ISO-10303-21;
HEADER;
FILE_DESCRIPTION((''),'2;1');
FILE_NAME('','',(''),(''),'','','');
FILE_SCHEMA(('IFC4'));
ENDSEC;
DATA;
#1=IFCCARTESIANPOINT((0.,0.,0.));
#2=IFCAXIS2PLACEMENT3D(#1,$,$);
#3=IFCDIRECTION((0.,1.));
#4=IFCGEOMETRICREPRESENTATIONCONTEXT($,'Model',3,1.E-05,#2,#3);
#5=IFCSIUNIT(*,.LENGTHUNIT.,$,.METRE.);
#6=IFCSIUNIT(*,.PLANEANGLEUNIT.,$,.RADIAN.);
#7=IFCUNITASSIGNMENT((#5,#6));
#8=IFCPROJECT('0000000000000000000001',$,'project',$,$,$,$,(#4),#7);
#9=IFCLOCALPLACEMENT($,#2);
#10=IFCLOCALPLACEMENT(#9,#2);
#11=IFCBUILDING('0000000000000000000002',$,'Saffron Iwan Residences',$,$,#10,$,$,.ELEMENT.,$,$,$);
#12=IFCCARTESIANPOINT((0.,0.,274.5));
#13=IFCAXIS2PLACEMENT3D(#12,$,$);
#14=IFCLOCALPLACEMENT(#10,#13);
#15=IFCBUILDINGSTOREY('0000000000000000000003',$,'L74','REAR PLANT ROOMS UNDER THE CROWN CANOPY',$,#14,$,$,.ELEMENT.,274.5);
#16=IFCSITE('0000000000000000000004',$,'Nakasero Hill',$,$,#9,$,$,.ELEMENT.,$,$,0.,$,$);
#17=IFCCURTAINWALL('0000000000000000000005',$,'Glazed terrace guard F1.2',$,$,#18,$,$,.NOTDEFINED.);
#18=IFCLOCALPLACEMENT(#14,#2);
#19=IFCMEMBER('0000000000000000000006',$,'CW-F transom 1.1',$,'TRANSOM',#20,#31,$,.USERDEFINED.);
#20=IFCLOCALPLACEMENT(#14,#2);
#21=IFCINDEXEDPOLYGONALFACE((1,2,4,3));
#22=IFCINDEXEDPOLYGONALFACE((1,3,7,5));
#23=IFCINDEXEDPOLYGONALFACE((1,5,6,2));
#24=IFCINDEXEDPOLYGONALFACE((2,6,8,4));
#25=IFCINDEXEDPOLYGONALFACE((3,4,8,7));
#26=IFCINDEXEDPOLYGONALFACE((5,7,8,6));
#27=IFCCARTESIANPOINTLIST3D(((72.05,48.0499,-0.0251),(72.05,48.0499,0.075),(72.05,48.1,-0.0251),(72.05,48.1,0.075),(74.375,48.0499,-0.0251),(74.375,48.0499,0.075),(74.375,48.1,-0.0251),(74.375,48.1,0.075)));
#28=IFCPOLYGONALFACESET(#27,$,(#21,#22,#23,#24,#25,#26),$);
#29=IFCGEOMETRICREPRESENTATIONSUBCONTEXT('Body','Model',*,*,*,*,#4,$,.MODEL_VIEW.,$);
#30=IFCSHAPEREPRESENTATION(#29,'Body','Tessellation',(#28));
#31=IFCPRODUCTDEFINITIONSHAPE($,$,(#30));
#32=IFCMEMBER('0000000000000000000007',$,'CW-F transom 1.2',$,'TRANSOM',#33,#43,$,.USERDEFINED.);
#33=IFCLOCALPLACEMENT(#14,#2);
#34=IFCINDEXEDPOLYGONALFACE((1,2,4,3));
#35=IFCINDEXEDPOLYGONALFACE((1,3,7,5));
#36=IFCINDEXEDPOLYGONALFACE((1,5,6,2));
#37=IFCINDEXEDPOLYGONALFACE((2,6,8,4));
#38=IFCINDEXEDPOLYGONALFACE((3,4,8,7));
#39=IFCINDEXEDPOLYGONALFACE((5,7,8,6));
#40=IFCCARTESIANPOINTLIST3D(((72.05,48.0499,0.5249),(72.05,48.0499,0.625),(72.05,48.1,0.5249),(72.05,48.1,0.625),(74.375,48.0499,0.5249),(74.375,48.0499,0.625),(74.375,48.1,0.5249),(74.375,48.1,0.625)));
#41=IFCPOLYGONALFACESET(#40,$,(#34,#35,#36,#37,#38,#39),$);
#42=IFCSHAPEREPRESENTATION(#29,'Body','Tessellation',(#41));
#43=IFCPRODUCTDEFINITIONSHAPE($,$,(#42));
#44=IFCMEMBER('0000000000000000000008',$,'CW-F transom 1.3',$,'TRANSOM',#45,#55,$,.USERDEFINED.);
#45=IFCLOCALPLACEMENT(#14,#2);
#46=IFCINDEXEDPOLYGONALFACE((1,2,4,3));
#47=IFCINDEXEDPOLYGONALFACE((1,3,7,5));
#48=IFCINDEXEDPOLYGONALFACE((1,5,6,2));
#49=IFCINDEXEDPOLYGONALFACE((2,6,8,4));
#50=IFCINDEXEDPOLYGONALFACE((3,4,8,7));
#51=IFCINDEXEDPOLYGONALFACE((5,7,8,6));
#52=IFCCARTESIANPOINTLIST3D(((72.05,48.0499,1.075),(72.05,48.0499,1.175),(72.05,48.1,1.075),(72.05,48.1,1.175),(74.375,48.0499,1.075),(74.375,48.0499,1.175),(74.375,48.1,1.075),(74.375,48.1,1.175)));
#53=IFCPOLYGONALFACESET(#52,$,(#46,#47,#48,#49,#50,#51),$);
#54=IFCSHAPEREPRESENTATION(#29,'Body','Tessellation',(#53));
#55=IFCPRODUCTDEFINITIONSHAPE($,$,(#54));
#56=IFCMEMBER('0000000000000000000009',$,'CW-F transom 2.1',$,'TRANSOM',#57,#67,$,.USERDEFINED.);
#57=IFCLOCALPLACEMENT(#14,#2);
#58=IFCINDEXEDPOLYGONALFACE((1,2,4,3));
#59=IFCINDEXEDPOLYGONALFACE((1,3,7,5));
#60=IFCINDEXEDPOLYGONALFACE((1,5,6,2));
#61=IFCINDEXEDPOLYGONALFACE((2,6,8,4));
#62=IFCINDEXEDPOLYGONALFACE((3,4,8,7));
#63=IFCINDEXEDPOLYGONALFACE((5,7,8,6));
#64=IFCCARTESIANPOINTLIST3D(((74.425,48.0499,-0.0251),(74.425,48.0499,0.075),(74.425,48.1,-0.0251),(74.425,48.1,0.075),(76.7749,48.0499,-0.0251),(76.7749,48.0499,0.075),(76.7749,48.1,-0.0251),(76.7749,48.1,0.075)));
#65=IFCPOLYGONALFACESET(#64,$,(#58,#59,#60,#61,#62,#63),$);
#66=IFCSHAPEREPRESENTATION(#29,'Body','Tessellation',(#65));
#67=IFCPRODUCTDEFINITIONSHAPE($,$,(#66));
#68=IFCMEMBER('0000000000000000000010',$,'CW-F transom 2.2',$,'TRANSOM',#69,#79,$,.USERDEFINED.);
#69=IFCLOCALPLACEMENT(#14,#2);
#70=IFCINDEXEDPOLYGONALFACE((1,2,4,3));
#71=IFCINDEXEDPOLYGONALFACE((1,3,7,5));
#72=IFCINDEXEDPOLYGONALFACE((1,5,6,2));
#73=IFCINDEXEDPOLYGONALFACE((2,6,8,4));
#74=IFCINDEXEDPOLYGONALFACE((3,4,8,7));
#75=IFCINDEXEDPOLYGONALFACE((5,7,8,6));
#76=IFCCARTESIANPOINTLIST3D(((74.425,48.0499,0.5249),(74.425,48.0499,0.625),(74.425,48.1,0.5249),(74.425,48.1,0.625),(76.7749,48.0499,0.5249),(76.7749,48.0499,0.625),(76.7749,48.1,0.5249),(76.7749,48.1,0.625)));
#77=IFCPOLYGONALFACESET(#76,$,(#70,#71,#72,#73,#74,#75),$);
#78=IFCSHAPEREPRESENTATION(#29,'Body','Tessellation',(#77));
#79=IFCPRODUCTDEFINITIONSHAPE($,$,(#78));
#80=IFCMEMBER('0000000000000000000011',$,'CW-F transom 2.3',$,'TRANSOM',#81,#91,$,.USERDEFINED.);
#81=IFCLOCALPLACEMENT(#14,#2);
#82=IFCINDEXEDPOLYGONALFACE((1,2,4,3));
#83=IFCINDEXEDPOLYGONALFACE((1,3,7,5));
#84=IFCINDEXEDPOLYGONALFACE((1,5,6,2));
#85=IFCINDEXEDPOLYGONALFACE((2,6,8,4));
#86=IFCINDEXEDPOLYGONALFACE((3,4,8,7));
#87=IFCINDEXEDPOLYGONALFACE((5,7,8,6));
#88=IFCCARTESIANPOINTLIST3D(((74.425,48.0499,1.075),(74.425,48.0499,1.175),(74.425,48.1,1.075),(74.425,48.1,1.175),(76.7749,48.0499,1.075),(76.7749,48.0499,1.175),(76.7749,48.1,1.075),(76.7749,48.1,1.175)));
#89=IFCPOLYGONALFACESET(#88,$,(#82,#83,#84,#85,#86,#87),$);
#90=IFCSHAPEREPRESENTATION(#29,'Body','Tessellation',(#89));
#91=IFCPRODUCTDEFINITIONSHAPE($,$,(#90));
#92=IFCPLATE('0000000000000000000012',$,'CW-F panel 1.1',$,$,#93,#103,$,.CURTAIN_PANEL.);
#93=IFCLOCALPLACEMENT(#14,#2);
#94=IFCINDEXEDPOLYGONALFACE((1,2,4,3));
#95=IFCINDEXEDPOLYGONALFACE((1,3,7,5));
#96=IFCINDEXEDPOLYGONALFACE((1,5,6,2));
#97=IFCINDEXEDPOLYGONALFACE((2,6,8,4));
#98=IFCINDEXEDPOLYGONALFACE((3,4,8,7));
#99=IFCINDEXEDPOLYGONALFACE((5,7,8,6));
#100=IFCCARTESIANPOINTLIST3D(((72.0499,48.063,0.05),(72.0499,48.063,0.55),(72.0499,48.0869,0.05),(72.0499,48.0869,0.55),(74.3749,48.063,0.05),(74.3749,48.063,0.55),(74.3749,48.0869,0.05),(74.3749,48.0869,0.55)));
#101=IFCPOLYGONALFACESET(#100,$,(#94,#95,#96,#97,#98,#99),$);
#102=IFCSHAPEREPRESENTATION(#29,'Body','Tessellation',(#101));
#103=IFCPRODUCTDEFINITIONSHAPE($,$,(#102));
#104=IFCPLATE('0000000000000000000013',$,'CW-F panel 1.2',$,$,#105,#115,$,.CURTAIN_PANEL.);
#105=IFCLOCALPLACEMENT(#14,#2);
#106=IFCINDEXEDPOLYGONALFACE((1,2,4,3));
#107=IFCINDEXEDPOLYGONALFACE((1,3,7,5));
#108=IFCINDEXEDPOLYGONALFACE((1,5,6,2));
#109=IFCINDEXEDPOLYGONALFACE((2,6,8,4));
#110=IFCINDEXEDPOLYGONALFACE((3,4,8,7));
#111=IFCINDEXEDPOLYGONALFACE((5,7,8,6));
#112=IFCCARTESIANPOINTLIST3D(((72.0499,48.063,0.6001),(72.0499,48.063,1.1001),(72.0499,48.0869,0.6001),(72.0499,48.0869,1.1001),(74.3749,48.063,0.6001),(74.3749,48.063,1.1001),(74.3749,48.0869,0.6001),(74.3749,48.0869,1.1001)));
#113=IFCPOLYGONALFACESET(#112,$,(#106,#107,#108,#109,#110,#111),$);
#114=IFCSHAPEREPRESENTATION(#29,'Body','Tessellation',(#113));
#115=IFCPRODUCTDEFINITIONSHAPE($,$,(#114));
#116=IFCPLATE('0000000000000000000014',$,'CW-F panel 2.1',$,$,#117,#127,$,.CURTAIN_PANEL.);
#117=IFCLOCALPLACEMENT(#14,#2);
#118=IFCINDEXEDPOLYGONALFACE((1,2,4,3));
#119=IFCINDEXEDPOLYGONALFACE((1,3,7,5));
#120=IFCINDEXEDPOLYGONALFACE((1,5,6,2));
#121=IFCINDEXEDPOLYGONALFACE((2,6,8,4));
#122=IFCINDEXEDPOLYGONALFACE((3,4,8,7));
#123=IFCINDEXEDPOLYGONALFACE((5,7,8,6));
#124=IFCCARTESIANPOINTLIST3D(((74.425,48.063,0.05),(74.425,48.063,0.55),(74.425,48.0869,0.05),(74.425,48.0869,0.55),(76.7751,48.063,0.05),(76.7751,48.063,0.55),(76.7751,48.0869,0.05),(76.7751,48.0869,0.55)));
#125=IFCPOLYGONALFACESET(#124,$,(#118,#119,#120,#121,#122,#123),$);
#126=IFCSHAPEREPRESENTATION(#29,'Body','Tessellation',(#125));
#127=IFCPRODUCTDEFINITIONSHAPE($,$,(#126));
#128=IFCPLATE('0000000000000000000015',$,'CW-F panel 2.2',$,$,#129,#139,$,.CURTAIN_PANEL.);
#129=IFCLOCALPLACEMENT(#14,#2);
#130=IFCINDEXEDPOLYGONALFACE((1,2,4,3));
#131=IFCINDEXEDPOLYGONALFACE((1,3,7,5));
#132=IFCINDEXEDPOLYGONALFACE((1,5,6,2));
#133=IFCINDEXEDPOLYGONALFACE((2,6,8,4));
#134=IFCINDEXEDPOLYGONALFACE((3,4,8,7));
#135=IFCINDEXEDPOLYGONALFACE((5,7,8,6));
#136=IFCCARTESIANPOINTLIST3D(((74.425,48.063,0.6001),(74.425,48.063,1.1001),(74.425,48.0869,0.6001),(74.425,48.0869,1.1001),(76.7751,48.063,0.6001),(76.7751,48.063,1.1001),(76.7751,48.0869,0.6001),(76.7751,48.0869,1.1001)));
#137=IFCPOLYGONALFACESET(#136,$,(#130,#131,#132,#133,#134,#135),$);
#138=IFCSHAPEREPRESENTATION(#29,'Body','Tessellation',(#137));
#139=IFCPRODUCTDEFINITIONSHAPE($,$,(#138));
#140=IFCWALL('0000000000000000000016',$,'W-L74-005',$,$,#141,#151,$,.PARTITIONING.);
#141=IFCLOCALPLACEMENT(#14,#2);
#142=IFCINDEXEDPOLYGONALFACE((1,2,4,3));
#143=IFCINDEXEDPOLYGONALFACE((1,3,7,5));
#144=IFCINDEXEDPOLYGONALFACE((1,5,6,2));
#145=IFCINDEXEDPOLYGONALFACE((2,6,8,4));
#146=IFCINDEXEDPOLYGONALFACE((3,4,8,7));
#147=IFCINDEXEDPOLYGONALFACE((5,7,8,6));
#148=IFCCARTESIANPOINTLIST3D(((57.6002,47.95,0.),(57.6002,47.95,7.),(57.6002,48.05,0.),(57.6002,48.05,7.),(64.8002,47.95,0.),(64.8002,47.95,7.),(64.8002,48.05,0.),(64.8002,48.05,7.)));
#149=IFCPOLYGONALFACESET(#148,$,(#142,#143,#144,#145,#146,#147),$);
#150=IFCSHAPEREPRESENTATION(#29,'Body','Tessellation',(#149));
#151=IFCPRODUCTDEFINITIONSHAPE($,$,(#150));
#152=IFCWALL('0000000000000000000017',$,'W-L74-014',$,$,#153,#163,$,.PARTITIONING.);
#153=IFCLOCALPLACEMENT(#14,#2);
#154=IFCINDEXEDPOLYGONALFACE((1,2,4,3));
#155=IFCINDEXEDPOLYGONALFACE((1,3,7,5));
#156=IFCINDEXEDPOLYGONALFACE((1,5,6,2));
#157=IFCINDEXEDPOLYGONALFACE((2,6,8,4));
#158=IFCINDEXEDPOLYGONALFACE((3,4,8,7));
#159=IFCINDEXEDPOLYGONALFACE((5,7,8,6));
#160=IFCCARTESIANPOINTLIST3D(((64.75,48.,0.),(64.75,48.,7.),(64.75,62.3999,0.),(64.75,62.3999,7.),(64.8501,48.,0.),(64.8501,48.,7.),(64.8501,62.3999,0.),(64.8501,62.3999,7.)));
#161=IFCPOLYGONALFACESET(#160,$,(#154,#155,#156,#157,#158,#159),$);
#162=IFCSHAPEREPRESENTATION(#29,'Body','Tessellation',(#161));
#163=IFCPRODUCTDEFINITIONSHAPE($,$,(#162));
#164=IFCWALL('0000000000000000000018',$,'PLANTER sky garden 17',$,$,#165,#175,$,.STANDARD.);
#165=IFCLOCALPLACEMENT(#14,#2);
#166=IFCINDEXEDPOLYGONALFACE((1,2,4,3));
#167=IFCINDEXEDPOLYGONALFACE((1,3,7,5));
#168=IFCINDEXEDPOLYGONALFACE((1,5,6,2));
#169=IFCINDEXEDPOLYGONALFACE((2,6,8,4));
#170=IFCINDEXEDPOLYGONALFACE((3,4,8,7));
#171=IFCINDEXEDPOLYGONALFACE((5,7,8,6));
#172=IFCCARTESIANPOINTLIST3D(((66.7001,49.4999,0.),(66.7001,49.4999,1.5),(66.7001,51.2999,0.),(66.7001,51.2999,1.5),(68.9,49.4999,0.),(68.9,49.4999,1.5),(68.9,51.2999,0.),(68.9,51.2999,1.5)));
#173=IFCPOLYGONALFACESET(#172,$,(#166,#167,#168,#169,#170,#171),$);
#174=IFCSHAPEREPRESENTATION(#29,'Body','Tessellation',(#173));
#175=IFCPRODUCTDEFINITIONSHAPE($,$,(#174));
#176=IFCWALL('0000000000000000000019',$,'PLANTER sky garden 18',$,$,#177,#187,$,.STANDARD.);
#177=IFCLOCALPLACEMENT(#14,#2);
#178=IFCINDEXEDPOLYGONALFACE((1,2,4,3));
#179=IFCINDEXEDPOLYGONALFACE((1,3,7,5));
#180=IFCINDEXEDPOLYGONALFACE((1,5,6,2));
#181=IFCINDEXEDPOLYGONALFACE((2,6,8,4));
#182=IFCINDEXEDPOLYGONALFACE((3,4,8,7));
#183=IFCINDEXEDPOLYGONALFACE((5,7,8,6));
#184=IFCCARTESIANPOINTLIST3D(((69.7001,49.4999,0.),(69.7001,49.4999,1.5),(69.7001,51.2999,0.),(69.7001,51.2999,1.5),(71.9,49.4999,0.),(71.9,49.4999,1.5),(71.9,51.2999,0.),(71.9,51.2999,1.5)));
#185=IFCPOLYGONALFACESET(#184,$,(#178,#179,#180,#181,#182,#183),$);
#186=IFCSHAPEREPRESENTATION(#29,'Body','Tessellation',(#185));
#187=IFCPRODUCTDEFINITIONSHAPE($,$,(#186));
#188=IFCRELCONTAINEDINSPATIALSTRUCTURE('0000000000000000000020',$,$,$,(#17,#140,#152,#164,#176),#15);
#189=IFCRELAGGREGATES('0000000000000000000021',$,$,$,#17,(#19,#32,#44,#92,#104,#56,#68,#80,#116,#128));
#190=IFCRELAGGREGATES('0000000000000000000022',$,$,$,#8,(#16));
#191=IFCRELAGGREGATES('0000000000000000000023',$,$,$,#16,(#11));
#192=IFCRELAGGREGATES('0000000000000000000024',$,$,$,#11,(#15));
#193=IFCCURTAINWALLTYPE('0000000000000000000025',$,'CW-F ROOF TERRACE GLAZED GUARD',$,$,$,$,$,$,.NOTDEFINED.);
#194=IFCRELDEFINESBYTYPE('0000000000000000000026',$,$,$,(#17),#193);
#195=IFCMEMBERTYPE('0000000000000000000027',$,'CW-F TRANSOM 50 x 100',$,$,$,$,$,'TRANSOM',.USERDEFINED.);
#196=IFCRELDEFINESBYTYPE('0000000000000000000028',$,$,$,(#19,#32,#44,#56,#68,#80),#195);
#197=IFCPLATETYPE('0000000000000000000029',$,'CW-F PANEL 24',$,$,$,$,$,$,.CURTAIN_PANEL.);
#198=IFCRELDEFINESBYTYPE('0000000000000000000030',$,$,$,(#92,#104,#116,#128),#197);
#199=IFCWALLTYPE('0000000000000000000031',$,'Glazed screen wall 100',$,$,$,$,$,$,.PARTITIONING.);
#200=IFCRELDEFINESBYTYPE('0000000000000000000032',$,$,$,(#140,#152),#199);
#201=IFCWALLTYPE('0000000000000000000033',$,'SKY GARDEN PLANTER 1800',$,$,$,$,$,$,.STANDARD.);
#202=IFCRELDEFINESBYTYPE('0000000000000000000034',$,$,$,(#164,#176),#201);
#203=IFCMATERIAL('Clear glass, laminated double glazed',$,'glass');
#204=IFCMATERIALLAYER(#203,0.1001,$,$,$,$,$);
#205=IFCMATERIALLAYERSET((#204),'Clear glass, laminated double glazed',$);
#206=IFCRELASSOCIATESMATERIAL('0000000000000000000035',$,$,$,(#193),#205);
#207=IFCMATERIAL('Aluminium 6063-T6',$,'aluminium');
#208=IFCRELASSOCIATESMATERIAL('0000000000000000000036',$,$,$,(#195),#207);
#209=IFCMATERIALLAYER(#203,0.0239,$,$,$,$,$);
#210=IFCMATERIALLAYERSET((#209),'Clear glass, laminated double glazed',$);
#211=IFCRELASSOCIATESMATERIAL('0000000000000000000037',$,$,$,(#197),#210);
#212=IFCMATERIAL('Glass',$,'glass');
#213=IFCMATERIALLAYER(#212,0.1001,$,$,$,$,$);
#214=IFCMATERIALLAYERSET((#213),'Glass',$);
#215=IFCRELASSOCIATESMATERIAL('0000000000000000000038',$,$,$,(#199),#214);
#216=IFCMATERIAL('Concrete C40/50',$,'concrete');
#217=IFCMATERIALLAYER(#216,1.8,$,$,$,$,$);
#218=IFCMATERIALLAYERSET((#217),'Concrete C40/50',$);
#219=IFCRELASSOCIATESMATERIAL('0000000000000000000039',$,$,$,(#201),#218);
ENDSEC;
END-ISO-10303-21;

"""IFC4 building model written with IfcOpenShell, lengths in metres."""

from ifc_helpers import new_model, si_unit, direction, frame, frame_2d, origin, origin_2d, place, context, subcontext, project, spatial, rectangle, extrude, source, transform, mapped, material, layer, layer_set, material_profile, profile_set, type_object, element, aggregate, save


model = new_model("IFC4")

# Units and contexts
model_context = context("Model", 3, precision=1e-05, world=origin(), true_north=direction((0.0, 1.0)))
body_context = subcontext(model_context, "Body", "Model", "MODEL_VIEW")
ifc_project = project(units=[si_unit("LENGTHUNIT", "METRE"), si_unit("PLANEANGLEUNIT", "RADIAN")], contexts=[model_context])

# Site, building, storey
site_placement = place(None, origin())
site = spatial("IfcSite", under=ifc_project, at=site_placement, Name="Nakasero Hill", CompositionType="ELEMENT", RefElevation=0.0)
building_placement = place(site_placement, origin())
building = spatial("IfcBuilding", under=site, at=building_placement, Name="Saffron Iwan Residences", CompositionType="ELEMENT")
storey_placement = place(building_placement, frame((0.0, 0.0, 274.5)))
storey = spatial("IfcBuildingStorey", under=building, at=storey_placement, Name="L74", Description="REAR PLANT ROOMS UNDER THE CROWN CANOPY", CompositionType="ELEMENT", Elevation=274.5)

# Shared definitions
ifc_material_1 = material(Name="Concrete C40/50", Category="concrete")

# Curtain wall, members, plates
ifc_material_2 = material(Name="Clear glass, laminated double glazed", Category="glass")
ifc_layer_1 = layer(ifc_material_2, 0.1001)
ifc_layer_set_1 = layer_set([ifc_layer_1], Name="Clear glass, laminated double glazed")
curtain_wall_type = type_object("IfcCurtainWallType", Name="CW-F ROOF TERRACE GLAZED GUARD", PredefinedType="NOTDEFINED", material=ifc_layer_set_1)
curtain_wall_placement = place(storey_placement, origin())
curtain_wall = element("IfcCurtainWall", 1, at=curtain_wall_placement, inside=storey, type_object=curtain_wall_type, Name="Glazed terrace guard F1.2", PredefinedType="NOTDEFINED")
ifc_material_3 = material(Name="Aluminium 6063-T6", Category="aluminium")
ifc_material_profile_1 = material_profile(ifc_material_3, rectangle(XDim=0.05, YDim=0.1001, at=origin_2d()), Name="CW-F TRANSOM 50 x 100")
ifc_profile_set_1 = profile_set([ifc_material_profile_1], Name="Aluminium 6063-T6")
member_type_1 = type_object("IfcMemberType", Name="CW-F TRANSOM 50 x 100", ElementType="TRANSOM", PredefinedType="USERDEFINED", material=ifc_profile_set_1)
shared_shape_1 = source(origin(), body_context, "Body", "SweptSolid", [
    extrude(rectangle(XDim=0.05, YDim=0.1001, at=origin_2d()), origin(), (0.0, 0.0, 1.0), 2.325),
])
member_1_placement = place(storey_placement, frame((72.05, 48.075, 0.0249), z_axis=(1.0, 0.0, 0.0), x_axis=(0.0, 1.0, 0.0)))
member_1 = element("IfcMember", 2, at=member_1_placement, type_object=member_type_1, Name="CW-F transom 1.1", ObjectType="TRANSOM", PredefinedType="USERDEFINED", context=body_context, shape_type="MappedRepresentation", body=[
    mapped(shared_shape_1, transform((0.0, 0.0, 0.0))),
])
member_2_placement = place(storey_placement, frame((72.05, 48.075, 0.575), z_axis=(1.0, 0.0, 0.0), x_axis=(0.0, 1.0, 0.0)))
member_2 = element("IfcMember", 3, at=member_2_placement, type_object=member_type_1, Name="CW-F transom 1.2", ObjectType="TRANSOM", PredefinedType="USERDEFINED", context=body_context, shape_type="MappedRepresentation", body=[
    mapped(shared_shape_1, transform((0.0, 0.0, 0.0))),
])
member_3_placement = place(storey_placement, frame((72.05, 48.075, 1.125), z_axis=(1.0, 0.0, 0.0), x_axis=(0.0, 1.0, 0.0)))
member_3 = element("IfcMember", 4, at=member_3_placement, type_object=member_type_1, Name="CW-F transom 1.3", ObjectType="TRANSOM", PredefinedType="USERDEFINED", context=body_context, shape_type="MappedRepresentation", body=[
    mapped(shared_shape_1, transform((0.0, 0.0, 0.0))),
])
shared_shape_2 = source(origin(), body_context, "Body", "SweptSolid", [
    extrude(rectangle(XDim=0.05, YDim=0.1001, at=origin_2d()), origin(), (0.0, 0.0, 1.0), 2.3499),
])
member_4_placement = place(storey_placement, frame((74.425, 48.075, 0.0249), z_axis=(1.0, 0.0, 0.0), x_axis=(0.0, 1.0, 0.0)))
member_4 = element("IfcMember", 5, at=member_4_placement, type_object=member_type_1, Name="CW-F transom 2.1", ObjectType="TRANSOM", PredefinedType="USERDEFINED", context=body_context, shape_type="MappedRepresentation", body=[
    mapped(shared_shape_2, transform((0.0, 0.0, 0.0))),
])
member_5_placement = place(storey_placement, frame((74.425, 48.075, 0.575), z_axis=(1.0, 0.0, 0.0), x_axis=(0.0, 1.0, 0.0)))
member_5 = element("IfcMember", 6, at=member_5_placement, type_object=member_type_1, Name="CW-F transom 2.2", ObjectType="TRANSOM", PredefinedType="USERDEFINED", context=body_context, shape_type="MappedRepresentation", body=[
    mapped(shared_shape_2, transform((0.0, 0.0, 0.0))),
])
member_6_placement = place(storey_placement, frame((74.425, 48.075, 1.125), z_axis=(1.0, 0.0, 0.0), x_axis=(0.0, 1.0, 0.0)))
member_6 = element("IfcMember", 7, at=member_6_placement, type_object=member_type_1, Name="CW-F transom 2.3", ObjectType="TRANSOM", PredefinedType="USERDEFINED", context=body_context, shape_type="MappedRepresentation", body=[
    mapped(shared_shape_2, transform((0.0, 0.0, 0.0))),
])
ifc_layer_2 = layer(ifc_material_2, 0.0239)
ifc_layer_set_2 = layer_set([ifc_layer_2], Name="Clear glass, laminated double glazed")
plate_type = type_object("IfcPlateType", Name="CW-F PANEL 24", PredefinedType="CURTAIN_PANEL", material=ifc_layer_set_2)
shared_shape_3 = source(origin(), body_context, "Body", "SweptSolid", [
    extrude(rectangle(XDim=2.325, YDim=0.0239, at=origin_2d()), origin(), (0.0, 0.0, 1.0), 0.5),
])
plate_1_placement = place(storey_placement, frame((73.2124, 48.075, 0.05), z_axis=(0.0, 0.0, 1.0), x_axis=(1.0, 0.0, 0.0)))
plate_1 = element("IfcPlate", 8, at=plate_1_placement, type_object=plate_type, Name="CW-F panel 1.1", PredefinedType="CURTAIN_PANEL", context=body_context, shape_type="MappedRepresentation", body=[
    mapped(shared_shape_3, transform((0.0, 0.0, 0.0))),
])
plate_2_placement = place(storey_placement, frame((73.2124, 48.075, 0.6001), z_axis=(0.0, 0.0, 1.0), x_axis=(1.0, 0.0, 0.0)))
plate_2 = element("IfcPlate", 9, at=plate_2_placement, type_object=plate_type, Name="CW-F panel 1.2", PredefinedType="CURTAIN_PANEL", context=body_context, shape_type="MappedRepresentation", body=[
    mapped(shared_shape_3, transform((0.0, 0.0, 0.0))),
])
shared_shape_4 = source(origin(), body_context, "Body", "SweptSolid", [
    extrude(rectangle(XDim=2.3501, YDim=0.0239, at=origin_2d()), origin(), (0.0, 0.0, 1.0), 0.5),
])
plate_3_placement = place(storey_placement, frame((75.6001, 48.075, 0.05), z_axis=(0.0, 0.0, 1.0), x_axis=(1.0, 0.0, 0.0)))
plate_3 = element("IfcPlate", 10, at=plate_3_placement, type_object=plate_type, Name="CW-F panel 2.1", PredefinedType="CURTAIN_PANEL", context=body_context, shape_type="MappedRepresentation", body=[
    mapped(shared_shape_4, transform((0.0, 0.0, 0.0))),
])
plate_4_placement = place(storey_placement, frame((75.6001, 48.075, 0.6001), z_axis=(0.0, 0.0, 1.0), x_axis=(1.0, 0.0, 0.0)))
plate_4 = element("IfcPlate", 11, at=plate_4_placement, type_object=plate_type, Name="CW-F panel 2.2", PredefinedType="CURTAIN_PANEL", context=body_context, shape_type="MappedRepresentation", body=[
    mapped(shared_shape_4, transform((0.0, 0.0, 0.0))),
])
aggregate(curtain_wall, [member_1, member_2, member_3, plate_1, plate_2, member_4, member_5, member_6, plate_3, plate_4])

# Walls
ifc_material_4 = material(Name="Glass", Category="glass")
ifc_layer_3 = layer(ifc_material_4, 0.1001)
ifc_layer_set_3 = layer_set([ifc_layer_3], Name="Glass")
wall_type_1 = type_object("IfcWallType", Name="Glazed screen wall 100", PredefinedType="PARTITIONING", material=ifc_layer_set_3)
wall_1_placement = place(storey_placement, frame((57.6001, 48.0, 0.0), z_axis=(0.0, 0.0, 1.0), x_axis=(1.0, 0.0, 0.0)))
element("IfcWall", 12, at=wall_1_placement, inside=storey, type_object=wall_type_1, Name="W-L74-005", PredefinedType="PARTITIONING", context=body_context, shape_type="SweptSolid", body=[
    extrude(rectangle(XDim=7.2, YDim=0.1001, at=frame_2d((3.6001, 0.0))), origin(), (0.0, 0.0, 1.0), 7.0),
])
wall_2_placement = place(storey_placement, frame((64.8, 48.0, 0.0), z_axis=(0.0, 0.0, 1.0), x_axis=(0.0, 1.0, 0.0)))
element("IfcWall", 13, at=wall_2_placement, inside=storey, type_object=wall_type_1, Name="W-L74-014", PredefinedType="PARTITIONING", context=body_context, shape_type="SweptSolid", body=[
    extrude(rectangle(XDim=14.3999, YDim=0.1001, at=frame_2d((7.2, 0.0))), origin(), (0.0, 0.0, 1.0), 7.0),
])
ifc_layer_4 = layer(ifc_material_1, 1.8)
ifc_layer_set_4 = layer_set([ifc_layer_4], Name="Concrete C40/50")
wall_type_2 = type_object("IfcWallType", Name="SKY GARDEN PLANTER 1800", PredefinedType="STANDARD", material=ifc_layer_set_4)
for number, where, z_axis, x_axis, name in (
    (14, (66.7, 50.3999, 0.0), (0.0, 0.0, 1.0), (1.0, 0.0, 0.0), "PLANTER sky garden 17"),
    (15, (69.7, 50.3999, 0.0), (0.0, 0.0, 1.0), (1.0, 0.0, 0.0), "PLANTER sky garden 18"),
):
    element("IfcWall", number, at=place(storey_placement, frame(where, z_axis=z_axis, x_axis=x_axis)), inside=storey, type_object=wall_type_2, Name=name, PredefinedType="STANDARD", context=body_context, shape_type="SweptSolid", body=[
        extrude(rectangle(XDim=2.2, YDim=1.8, at=frame_2d((1.1001, 0.0))), origin(), (0.0, 0.0, 1.0), 1.5),
    ])

save(model, "model.ifc")
